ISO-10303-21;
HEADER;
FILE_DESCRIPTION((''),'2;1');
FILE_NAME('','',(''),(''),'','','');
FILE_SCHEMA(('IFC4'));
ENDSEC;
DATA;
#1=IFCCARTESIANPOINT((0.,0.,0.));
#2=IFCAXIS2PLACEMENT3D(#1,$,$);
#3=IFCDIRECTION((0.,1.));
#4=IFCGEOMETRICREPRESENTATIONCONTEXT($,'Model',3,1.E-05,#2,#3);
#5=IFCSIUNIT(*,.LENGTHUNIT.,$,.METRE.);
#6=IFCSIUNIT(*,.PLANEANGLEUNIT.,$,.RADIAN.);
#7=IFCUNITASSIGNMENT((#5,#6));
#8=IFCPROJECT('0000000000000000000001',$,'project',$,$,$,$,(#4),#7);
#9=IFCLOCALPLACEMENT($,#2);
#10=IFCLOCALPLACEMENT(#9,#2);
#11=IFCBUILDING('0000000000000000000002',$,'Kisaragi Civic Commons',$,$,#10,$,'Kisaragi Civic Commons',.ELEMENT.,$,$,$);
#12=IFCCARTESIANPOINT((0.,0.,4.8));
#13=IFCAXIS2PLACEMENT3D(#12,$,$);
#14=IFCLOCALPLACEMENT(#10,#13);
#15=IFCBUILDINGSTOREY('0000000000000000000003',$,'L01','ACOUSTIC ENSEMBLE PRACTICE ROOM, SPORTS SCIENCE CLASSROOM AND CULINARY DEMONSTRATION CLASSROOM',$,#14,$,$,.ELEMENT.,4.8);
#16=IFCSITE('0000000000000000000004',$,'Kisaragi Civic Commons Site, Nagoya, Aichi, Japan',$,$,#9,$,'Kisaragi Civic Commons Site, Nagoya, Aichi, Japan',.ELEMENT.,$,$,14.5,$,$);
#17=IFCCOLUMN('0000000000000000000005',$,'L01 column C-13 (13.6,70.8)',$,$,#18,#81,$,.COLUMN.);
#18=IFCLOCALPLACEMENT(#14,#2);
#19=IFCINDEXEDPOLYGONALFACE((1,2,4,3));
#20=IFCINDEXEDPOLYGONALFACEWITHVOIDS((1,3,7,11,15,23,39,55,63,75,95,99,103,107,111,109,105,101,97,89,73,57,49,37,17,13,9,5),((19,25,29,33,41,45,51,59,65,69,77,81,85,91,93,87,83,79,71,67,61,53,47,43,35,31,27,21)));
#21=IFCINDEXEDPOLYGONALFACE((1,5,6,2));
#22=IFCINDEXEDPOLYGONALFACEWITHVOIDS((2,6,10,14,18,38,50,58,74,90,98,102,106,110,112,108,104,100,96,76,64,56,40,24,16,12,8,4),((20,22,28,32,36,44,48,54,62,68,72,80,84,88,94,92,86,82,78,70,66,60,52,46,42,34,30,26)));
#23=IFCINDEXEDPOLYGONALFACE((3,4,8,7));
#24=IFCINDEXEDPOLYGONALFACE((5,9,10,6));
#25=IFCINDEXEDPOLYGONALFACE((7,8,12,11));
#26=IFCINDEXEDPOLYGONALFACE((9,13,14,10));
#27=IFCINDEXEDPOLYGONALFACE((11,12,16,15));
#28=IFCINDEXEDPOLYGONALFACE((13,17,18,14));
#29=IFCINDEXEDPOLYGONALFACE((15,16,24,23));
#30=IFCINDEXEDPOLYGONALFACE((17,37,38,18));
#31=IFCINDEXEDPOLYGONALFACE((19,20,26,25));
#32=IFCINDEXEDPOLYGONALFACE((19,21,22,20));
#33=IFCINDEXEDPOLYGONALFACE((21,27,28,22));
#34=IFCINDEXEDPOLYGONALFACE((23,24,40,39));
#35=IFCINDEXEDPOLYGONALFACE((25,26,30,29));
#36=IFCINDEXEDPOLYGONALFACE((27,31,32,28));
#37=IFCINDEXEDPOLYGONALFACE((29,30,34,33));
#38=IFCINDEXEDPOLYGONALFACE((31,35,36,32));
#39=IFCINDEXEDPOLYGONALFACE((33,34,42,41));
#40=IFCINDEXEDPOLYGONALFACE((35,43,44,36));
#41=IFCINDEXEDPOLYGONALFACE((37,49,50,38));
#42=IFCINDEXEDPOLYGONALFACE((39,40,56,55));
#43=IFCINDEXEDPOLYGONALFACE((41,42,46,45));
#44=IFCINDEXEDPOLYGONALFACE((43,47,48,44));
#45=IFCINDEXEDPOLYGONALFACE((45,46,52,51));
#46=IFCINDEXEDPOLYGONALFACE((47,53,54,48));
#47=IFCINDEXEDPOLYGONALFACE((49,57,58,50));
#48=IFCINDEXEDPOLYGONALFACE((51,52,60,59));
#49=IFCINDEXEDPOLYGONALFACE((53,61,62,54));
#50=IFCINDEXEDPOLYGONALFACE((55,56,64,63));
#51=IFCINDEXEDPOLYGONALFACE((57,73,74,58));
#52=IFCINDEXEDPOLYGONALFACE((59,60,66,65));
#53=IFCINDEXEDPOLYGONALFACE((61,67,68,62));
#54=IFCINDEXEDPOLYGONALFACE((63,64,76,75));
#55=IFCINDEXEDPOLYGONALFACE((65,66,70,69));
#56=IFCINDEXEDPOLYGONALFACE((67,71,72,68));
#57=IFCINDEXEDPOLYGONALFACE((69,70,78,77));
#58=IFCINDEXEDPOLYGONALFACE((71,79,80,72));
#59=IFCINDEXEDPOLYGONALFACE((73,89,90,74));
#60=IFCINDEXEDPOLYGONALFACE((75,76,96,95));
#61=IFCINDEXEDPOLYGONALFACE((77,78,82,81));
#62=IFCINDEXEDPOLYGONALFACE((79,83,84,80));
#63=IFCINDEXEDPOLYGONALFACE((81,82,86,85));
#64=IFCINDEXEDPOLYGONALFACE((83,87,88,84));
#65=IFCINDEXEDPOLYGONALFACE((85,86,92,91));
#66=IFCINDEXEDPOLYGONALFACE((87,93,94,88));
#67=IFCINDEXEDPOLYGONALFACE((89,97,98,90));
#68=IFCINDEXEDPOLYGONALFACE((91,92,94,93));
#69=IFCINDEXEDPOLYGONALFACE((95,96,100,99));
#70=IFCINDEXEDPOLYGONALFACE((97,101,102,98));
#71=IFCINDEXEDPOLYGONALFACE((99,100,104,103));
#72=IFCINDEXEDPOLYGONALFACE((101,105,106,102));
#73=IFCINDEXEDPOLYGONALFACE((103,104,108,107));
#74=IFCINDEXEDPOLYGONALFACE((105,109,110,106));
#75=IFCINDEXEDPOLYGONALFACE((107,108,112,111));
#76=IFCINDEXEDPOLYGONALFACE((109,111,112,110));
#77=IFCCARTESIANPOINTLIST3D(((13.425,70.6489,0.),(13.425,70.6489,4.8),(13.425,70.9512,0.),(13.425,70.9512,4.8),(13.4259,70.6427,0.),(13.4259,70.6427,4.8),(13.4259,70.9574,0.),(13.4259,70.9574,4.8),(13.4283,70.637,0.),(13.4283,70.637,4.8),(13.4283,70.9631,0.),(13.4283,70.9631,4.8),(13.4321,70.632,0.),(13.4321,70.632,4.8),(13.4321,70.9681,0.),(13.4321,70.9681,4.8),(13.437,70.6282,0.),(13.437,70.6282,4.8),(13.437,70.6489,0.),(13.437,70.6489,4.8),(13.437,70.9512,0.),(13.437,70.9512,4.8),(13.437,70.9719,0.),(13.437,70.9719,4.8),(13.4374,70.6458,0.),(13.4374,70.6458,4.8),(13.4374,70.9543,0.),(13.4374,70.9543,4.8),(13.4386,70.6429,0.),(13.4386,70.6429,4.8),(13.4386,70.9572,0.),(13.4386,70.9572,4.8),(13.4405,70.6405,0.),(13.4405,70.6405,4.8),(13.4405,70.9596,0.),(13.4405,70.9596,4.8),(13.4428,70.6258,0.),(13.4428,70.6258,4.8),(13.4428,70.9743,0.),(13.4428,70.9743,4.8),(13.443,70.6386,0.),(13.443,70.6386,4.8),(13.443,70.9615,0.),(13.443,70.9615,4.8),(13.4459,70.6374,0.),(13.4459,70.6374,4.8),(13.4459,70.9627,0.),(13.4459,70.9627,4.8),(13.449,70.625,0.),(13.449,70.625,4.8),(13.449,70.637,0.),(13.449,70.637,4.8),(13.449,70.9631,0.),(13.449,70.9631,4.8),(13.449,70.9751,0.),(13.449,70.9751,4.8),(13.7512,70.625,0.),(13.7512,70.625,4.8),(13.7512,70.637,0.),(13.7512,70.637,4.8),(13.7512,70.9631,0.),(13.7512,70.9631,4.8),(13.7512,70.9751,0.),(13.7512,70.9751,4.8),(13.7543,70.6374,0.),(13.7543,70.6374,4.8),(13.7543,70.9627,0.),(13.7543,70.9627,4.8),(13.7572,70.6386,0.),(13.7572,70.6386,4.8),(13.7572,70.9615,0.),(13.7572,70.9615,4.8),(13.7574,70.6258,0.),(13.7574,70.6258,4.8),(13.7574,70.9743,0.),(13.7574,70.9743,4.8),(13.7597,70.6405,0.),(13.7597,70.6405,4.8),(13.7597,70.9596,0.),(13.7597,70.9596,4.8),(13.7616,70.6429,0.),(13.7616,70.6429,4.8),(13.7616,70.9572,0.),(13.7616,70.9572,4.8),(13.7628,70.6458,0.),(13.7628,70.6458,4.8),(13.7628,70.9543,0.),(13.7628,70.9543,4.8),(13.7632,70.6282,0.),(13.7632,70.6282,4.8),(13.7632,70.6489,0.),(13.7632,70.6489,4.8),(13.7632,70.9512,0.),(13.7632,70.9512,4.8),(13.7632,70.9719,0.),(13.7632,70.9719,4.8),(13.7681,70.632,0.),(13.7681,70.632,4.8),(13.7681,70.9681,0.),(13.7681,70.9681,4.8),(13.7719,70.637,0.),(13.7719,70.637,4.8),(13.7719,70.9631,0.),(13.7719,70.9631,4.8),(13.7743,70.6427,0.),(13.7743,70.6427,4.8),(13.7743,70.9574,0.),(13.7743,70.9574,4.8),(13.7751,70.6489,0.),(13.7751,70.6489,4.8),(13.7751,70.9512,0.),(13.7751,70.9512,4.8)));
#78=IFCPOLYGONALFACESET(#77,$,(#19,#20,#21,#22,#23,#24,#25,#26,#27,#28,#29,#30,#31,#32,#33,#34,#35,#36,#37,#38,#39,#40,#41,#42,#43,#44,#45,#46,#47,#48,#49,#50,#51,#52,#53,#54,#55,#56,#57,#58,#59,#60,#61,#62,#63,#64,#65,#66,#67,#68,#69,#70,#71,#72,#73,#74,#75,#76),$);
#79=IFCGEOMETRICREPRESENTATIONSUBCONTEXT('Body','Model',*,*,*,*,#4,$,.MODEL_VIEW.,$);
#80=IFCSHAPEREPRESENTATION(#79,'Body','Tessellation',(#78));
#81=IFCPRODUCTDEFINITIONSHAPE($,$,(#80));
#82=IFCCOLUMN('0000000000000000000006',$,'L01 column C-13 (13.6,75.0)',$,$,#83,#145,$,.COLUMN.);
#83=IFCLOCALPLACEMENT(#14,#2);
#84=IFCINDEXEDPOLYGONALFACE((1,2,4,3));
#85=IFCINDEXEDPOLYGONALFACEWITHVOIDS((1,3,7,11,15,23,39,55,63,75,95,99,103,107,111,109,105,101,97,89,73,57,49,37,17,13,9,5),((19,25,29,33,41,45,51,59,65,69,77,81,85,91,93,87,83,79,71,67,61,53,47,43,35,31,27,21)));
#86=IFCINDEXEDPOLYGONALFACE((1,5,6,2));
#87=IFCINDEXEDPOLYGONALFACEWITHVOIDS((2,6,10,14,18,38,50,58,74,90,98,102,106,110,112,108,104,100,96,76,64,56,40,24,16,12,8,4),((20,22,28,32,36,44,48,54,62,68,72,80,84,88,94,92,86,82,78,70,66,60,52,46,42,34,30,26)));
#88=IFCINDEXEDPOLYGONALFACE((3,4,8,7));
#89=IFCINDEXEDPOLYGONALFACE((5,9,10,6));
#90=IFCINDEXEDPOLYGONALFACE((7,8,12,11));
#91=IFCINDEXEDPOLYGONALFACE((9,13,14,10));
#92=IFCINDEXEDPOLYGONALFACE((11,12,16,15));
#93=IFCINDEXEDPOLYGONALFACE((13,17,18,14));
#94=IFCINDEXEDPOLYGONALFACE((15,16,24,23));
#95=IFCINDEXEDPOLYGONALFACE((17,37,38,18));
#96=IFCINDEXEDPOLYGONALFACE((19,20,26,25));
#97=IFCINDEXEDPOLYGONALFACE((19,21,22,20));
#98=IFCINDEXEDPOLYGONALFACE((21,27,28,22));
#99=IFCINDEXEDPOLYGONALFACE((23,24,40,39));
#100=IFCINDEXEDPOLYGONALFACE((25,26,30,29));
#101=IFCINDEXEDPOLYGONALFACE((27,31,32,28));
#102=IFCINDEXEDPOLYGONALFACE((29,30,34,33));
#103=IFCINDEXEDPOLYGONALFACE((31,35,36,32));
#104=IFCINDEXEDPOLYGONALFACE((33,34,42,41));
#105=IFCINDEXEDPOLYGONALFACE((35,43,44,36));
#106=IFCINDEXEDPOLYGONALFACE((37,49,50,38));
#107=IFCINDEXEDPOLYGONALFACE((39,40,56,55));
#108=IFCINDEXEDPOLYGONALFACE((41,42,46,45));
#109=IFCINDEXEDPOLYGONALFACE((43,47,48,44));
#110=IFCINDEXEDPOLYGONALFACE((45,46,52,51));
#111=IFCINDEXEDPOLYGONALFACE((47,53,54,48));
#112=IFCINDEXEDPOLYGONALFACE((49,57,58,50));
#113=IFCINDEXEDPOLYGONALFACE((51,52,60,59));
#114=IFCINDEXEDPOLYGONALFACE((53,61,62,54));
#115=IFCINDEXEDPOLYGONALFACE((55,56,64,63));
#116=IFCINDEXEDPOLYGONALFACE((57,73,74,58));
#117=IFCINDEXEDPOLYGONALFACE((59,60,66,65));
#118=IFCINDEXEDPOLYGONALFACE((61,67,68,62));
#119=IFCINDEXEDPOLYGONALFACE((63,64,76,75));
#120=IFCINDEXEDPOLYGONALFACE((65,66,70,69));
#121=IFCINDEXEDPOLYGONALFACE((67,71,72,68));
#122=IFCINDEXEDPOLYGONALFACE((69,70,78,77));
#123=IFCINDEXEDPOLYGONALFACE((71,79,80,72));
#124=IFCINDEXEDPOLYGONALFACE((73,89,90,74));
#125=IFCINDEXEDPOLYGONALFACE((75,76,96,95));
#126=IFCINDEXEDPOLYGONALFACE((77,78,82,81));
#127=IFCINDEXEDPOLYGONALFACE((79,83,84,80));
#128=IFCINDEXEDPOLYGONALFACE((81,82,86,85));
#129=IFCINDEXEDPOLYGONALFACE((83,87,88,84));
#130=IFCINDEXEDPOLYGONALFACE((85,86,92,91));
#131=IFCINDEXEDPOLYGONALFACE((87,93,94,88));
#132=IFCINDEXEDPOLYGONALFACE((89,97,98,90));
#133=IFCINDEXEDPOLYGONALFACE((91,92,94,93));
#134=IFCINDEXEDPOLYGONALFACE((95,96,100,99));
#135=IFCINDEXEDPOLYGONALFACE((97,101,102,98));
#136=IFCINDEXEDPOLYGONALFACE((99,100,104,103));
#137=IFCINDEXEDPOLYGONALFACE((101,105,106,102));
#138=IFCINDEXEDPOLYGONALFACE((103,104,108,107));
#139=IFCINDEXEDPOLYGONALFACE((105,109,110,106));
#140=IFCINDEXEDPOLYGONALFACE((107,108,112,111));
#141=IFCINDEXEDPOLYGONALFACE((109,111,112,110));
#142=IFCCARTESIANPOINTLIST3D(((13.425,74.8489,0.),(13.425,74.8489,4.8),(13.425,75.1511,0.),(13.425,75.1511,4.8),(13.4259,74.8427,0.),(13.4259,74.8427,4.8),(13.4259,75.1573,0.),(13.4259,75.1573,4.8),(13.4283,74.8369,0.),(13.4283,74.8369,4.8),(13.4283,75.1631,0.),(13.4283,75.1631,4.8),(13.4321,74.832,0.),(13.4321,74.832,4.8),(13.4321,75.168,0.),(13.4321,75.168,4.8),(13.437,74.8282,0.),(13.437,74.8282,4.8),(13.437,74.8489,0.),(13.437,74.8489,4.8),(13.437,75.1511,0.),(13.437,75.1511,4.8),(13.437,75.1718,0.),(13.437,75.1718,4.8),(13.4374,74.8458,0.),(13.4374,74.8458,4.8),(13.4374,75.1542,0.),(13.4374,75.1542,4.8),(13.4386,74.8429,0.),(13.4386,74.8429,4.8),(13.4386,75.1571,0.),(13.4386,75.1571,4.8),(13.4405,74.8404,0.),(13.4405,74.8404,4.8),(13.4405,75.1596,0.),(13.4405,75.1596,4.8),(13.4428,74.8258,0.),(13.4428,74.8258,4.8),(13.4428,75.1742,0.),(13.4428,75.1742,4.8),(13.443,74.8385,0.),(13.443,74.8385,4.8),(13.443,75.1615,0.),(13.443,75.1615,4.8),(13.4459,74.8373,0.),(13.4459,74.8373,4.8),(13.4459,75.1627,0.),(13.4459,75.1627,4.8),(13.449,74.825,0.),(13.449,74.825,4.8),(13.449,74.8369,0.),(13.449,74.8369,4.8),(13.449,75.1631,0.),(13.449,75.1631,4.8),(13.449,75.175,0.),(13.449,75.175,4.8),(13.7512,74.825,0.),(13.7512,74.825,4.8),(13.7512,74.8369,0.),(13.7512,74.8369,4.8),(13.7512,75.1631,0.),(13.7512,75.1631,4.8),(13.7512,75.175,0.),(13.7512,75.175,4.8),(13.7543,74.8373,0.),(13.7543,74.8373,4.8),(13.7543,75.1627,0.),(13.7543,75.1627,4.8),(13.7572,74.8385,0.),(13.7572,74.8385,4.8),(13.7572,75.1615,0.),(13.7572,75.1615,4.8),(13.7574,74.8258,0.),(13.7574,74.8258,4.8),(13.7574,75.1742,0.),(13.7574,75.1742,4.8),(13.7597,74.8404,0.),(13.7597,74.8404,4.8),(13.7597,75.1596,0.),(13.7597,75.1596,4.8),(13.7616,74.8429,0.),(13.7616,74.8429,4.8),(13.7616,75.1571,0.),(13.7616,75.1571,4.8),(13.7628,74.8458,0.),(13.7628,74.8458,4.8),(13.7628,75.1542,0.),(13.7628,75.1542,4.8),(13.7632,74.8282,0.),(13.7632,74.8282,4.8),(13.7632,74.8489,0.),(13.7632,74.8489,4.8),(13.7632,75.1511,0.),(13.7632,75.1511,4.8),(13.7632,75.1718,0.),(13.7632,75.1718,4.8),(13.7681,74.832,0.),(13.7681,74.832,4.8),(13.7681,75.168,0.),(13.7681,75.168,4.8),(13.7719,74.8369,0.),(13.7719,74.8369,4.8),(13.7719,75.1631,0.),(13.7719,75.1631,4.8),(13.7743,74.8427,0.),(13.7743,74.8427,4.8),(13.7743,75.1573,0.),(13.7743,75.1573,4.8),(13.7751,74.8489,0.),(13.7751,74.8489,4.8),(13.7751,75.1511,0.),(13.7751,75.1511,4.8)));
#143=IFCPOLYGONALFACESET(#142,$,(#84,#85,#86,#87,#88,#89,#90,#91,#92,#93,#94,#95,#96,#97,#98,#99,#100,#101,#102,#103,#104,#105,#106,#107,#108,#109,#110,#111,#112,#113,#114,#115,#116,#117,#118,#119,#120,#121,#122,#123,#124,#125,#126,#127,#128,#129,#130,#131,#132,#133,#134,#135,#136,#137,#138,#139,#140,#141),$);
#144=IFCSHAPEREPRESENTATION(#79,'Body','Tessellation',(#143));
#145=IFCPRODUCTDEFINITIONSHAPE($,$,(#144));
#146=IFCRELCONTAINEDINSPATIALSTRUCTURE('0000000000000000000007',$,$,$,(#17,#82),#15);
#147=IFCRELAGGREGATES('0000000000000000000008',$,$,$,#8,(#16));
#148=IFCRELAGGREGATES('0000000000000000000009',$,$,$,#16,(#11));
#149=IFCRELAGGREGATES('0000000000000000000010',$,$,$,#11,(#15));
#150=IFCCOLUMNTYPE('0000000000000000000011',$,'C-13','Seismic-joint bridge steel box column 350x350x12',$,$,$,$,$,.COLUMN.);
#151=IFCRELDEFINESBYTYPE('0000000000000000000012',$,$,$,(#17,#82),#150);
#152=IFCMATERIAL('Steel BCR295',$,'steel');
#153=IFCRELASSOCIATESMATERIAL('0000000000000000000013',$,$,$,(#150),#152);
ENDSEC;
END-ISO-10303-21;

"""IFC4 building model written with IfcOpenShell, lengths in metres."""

from ifc_helpers import new_model, si_unit, direction, frame, origin, origin_2d, place, context, subcontext, project, spatial, hollow_rectangle, extrude, material, material_profile, profile_set, type_object, element, save


model = new_model("IFC4")

# Units and contexts
model_context = context("Model", 3, precision=1e-05, world=origin(), true_north=direction((0.0, 1.0)))
body_context = subcontext(model_context, "Body", "Model", "MODEL_VIEW")
ifc_project = project(units=[si_unit("LENGTHUNIT", "METRE"), si_unit("PLANEANGLEUNIT", "RADIAN")], contexts=[model_context])

# Site, building, storey
site_placement = place(None, origin())
site = spatial("IfcSite", under=ifc_project, at=site_placement, Name="Kisaragi Civic Commons Site, Nagoya, Aichi, Japan", LongName="Kisaragi Civic Commons Site, Nagoya, Aichi, Japan", CompositionType="ELEMENT", RefElevation=14.5)
building_placement = place(site_placement, origin())
building = spatial("IfcBuilding", under=site, at=building_placement, Name="Kisaragi Civic Commons", LongName="Kisaragi Civic Commons", CompositionType="ELEMENT")
storey_placement = place(building_placement, frame((0.0, 0.0, 4.8)))
storey = spatial("IfcBuildingStorey", under=building, at=storey_placement, Name="L01", Description="ACOUSTIC ENSEMBLE PRACTICE ROOM, SPORTS SCIENCE CLASSROOM AND CULINARY DEMONSTRATION CLASSROOM", CompositionType="ELEMENT", Elevation=4.8)

# Columns
ifc_material_1 = material(Name="Steel BCR295", Category="steel")
ifc_material_profile_1 = material_profile(ifc_material_1, hollow_rectangle(XDim=0.3501, YDim=0.3501, WallThickness=0.012, InnerFilletRadius=0.012, OuterFilletRadius=0.0239, at=origin_2d()), Name="BCR-350x350x12", Category="steel")
ifc_profile_set_1 = profile_set([ifc_material_profile_1], Name="Steel BCR295")
column_type = type_object("IfcColumnType", Name="C-13", Description="Seismic-joint bridge steel box column 350x350x12", PredefinedType="COLUMN", material=ifc_profile_set_1)
for number, where, z_axis, x_axis, name in (
    (1, (13.6001, 70.8, 0.0), (0.0, 0.0, 1.0), (1.0, 0.0, 0.0), "L01 column C-13 (13.6,70.8)"),
    (2, (13.6001, 75.0, 0.0), (0.0, 0.0, 1.0), (1.0, 0.0, 0.0), "L01 column C-13 (13.6,75.0)"),
):
    element("IfcColumn", number, at=place(storey_placement, frame(where, z_axis=z_axis, x_axis=x_axis)), inside=storey, type_object=column_type, Name=name, PredefinedType="COLUMN", context=body_context, shape_type="SweptSolid", body=[
        extrude(hollow_rectangle(XDim=0.3501, YDim=0.3501, WallThickness=0.012, InnerFilletRadius=0.012, OuterFilletRadius=0.0239, at=origin_2d()), origin(), (0.0, 0.0, 1.0), 4.8),
    ])

save(model, "model.ifc")
